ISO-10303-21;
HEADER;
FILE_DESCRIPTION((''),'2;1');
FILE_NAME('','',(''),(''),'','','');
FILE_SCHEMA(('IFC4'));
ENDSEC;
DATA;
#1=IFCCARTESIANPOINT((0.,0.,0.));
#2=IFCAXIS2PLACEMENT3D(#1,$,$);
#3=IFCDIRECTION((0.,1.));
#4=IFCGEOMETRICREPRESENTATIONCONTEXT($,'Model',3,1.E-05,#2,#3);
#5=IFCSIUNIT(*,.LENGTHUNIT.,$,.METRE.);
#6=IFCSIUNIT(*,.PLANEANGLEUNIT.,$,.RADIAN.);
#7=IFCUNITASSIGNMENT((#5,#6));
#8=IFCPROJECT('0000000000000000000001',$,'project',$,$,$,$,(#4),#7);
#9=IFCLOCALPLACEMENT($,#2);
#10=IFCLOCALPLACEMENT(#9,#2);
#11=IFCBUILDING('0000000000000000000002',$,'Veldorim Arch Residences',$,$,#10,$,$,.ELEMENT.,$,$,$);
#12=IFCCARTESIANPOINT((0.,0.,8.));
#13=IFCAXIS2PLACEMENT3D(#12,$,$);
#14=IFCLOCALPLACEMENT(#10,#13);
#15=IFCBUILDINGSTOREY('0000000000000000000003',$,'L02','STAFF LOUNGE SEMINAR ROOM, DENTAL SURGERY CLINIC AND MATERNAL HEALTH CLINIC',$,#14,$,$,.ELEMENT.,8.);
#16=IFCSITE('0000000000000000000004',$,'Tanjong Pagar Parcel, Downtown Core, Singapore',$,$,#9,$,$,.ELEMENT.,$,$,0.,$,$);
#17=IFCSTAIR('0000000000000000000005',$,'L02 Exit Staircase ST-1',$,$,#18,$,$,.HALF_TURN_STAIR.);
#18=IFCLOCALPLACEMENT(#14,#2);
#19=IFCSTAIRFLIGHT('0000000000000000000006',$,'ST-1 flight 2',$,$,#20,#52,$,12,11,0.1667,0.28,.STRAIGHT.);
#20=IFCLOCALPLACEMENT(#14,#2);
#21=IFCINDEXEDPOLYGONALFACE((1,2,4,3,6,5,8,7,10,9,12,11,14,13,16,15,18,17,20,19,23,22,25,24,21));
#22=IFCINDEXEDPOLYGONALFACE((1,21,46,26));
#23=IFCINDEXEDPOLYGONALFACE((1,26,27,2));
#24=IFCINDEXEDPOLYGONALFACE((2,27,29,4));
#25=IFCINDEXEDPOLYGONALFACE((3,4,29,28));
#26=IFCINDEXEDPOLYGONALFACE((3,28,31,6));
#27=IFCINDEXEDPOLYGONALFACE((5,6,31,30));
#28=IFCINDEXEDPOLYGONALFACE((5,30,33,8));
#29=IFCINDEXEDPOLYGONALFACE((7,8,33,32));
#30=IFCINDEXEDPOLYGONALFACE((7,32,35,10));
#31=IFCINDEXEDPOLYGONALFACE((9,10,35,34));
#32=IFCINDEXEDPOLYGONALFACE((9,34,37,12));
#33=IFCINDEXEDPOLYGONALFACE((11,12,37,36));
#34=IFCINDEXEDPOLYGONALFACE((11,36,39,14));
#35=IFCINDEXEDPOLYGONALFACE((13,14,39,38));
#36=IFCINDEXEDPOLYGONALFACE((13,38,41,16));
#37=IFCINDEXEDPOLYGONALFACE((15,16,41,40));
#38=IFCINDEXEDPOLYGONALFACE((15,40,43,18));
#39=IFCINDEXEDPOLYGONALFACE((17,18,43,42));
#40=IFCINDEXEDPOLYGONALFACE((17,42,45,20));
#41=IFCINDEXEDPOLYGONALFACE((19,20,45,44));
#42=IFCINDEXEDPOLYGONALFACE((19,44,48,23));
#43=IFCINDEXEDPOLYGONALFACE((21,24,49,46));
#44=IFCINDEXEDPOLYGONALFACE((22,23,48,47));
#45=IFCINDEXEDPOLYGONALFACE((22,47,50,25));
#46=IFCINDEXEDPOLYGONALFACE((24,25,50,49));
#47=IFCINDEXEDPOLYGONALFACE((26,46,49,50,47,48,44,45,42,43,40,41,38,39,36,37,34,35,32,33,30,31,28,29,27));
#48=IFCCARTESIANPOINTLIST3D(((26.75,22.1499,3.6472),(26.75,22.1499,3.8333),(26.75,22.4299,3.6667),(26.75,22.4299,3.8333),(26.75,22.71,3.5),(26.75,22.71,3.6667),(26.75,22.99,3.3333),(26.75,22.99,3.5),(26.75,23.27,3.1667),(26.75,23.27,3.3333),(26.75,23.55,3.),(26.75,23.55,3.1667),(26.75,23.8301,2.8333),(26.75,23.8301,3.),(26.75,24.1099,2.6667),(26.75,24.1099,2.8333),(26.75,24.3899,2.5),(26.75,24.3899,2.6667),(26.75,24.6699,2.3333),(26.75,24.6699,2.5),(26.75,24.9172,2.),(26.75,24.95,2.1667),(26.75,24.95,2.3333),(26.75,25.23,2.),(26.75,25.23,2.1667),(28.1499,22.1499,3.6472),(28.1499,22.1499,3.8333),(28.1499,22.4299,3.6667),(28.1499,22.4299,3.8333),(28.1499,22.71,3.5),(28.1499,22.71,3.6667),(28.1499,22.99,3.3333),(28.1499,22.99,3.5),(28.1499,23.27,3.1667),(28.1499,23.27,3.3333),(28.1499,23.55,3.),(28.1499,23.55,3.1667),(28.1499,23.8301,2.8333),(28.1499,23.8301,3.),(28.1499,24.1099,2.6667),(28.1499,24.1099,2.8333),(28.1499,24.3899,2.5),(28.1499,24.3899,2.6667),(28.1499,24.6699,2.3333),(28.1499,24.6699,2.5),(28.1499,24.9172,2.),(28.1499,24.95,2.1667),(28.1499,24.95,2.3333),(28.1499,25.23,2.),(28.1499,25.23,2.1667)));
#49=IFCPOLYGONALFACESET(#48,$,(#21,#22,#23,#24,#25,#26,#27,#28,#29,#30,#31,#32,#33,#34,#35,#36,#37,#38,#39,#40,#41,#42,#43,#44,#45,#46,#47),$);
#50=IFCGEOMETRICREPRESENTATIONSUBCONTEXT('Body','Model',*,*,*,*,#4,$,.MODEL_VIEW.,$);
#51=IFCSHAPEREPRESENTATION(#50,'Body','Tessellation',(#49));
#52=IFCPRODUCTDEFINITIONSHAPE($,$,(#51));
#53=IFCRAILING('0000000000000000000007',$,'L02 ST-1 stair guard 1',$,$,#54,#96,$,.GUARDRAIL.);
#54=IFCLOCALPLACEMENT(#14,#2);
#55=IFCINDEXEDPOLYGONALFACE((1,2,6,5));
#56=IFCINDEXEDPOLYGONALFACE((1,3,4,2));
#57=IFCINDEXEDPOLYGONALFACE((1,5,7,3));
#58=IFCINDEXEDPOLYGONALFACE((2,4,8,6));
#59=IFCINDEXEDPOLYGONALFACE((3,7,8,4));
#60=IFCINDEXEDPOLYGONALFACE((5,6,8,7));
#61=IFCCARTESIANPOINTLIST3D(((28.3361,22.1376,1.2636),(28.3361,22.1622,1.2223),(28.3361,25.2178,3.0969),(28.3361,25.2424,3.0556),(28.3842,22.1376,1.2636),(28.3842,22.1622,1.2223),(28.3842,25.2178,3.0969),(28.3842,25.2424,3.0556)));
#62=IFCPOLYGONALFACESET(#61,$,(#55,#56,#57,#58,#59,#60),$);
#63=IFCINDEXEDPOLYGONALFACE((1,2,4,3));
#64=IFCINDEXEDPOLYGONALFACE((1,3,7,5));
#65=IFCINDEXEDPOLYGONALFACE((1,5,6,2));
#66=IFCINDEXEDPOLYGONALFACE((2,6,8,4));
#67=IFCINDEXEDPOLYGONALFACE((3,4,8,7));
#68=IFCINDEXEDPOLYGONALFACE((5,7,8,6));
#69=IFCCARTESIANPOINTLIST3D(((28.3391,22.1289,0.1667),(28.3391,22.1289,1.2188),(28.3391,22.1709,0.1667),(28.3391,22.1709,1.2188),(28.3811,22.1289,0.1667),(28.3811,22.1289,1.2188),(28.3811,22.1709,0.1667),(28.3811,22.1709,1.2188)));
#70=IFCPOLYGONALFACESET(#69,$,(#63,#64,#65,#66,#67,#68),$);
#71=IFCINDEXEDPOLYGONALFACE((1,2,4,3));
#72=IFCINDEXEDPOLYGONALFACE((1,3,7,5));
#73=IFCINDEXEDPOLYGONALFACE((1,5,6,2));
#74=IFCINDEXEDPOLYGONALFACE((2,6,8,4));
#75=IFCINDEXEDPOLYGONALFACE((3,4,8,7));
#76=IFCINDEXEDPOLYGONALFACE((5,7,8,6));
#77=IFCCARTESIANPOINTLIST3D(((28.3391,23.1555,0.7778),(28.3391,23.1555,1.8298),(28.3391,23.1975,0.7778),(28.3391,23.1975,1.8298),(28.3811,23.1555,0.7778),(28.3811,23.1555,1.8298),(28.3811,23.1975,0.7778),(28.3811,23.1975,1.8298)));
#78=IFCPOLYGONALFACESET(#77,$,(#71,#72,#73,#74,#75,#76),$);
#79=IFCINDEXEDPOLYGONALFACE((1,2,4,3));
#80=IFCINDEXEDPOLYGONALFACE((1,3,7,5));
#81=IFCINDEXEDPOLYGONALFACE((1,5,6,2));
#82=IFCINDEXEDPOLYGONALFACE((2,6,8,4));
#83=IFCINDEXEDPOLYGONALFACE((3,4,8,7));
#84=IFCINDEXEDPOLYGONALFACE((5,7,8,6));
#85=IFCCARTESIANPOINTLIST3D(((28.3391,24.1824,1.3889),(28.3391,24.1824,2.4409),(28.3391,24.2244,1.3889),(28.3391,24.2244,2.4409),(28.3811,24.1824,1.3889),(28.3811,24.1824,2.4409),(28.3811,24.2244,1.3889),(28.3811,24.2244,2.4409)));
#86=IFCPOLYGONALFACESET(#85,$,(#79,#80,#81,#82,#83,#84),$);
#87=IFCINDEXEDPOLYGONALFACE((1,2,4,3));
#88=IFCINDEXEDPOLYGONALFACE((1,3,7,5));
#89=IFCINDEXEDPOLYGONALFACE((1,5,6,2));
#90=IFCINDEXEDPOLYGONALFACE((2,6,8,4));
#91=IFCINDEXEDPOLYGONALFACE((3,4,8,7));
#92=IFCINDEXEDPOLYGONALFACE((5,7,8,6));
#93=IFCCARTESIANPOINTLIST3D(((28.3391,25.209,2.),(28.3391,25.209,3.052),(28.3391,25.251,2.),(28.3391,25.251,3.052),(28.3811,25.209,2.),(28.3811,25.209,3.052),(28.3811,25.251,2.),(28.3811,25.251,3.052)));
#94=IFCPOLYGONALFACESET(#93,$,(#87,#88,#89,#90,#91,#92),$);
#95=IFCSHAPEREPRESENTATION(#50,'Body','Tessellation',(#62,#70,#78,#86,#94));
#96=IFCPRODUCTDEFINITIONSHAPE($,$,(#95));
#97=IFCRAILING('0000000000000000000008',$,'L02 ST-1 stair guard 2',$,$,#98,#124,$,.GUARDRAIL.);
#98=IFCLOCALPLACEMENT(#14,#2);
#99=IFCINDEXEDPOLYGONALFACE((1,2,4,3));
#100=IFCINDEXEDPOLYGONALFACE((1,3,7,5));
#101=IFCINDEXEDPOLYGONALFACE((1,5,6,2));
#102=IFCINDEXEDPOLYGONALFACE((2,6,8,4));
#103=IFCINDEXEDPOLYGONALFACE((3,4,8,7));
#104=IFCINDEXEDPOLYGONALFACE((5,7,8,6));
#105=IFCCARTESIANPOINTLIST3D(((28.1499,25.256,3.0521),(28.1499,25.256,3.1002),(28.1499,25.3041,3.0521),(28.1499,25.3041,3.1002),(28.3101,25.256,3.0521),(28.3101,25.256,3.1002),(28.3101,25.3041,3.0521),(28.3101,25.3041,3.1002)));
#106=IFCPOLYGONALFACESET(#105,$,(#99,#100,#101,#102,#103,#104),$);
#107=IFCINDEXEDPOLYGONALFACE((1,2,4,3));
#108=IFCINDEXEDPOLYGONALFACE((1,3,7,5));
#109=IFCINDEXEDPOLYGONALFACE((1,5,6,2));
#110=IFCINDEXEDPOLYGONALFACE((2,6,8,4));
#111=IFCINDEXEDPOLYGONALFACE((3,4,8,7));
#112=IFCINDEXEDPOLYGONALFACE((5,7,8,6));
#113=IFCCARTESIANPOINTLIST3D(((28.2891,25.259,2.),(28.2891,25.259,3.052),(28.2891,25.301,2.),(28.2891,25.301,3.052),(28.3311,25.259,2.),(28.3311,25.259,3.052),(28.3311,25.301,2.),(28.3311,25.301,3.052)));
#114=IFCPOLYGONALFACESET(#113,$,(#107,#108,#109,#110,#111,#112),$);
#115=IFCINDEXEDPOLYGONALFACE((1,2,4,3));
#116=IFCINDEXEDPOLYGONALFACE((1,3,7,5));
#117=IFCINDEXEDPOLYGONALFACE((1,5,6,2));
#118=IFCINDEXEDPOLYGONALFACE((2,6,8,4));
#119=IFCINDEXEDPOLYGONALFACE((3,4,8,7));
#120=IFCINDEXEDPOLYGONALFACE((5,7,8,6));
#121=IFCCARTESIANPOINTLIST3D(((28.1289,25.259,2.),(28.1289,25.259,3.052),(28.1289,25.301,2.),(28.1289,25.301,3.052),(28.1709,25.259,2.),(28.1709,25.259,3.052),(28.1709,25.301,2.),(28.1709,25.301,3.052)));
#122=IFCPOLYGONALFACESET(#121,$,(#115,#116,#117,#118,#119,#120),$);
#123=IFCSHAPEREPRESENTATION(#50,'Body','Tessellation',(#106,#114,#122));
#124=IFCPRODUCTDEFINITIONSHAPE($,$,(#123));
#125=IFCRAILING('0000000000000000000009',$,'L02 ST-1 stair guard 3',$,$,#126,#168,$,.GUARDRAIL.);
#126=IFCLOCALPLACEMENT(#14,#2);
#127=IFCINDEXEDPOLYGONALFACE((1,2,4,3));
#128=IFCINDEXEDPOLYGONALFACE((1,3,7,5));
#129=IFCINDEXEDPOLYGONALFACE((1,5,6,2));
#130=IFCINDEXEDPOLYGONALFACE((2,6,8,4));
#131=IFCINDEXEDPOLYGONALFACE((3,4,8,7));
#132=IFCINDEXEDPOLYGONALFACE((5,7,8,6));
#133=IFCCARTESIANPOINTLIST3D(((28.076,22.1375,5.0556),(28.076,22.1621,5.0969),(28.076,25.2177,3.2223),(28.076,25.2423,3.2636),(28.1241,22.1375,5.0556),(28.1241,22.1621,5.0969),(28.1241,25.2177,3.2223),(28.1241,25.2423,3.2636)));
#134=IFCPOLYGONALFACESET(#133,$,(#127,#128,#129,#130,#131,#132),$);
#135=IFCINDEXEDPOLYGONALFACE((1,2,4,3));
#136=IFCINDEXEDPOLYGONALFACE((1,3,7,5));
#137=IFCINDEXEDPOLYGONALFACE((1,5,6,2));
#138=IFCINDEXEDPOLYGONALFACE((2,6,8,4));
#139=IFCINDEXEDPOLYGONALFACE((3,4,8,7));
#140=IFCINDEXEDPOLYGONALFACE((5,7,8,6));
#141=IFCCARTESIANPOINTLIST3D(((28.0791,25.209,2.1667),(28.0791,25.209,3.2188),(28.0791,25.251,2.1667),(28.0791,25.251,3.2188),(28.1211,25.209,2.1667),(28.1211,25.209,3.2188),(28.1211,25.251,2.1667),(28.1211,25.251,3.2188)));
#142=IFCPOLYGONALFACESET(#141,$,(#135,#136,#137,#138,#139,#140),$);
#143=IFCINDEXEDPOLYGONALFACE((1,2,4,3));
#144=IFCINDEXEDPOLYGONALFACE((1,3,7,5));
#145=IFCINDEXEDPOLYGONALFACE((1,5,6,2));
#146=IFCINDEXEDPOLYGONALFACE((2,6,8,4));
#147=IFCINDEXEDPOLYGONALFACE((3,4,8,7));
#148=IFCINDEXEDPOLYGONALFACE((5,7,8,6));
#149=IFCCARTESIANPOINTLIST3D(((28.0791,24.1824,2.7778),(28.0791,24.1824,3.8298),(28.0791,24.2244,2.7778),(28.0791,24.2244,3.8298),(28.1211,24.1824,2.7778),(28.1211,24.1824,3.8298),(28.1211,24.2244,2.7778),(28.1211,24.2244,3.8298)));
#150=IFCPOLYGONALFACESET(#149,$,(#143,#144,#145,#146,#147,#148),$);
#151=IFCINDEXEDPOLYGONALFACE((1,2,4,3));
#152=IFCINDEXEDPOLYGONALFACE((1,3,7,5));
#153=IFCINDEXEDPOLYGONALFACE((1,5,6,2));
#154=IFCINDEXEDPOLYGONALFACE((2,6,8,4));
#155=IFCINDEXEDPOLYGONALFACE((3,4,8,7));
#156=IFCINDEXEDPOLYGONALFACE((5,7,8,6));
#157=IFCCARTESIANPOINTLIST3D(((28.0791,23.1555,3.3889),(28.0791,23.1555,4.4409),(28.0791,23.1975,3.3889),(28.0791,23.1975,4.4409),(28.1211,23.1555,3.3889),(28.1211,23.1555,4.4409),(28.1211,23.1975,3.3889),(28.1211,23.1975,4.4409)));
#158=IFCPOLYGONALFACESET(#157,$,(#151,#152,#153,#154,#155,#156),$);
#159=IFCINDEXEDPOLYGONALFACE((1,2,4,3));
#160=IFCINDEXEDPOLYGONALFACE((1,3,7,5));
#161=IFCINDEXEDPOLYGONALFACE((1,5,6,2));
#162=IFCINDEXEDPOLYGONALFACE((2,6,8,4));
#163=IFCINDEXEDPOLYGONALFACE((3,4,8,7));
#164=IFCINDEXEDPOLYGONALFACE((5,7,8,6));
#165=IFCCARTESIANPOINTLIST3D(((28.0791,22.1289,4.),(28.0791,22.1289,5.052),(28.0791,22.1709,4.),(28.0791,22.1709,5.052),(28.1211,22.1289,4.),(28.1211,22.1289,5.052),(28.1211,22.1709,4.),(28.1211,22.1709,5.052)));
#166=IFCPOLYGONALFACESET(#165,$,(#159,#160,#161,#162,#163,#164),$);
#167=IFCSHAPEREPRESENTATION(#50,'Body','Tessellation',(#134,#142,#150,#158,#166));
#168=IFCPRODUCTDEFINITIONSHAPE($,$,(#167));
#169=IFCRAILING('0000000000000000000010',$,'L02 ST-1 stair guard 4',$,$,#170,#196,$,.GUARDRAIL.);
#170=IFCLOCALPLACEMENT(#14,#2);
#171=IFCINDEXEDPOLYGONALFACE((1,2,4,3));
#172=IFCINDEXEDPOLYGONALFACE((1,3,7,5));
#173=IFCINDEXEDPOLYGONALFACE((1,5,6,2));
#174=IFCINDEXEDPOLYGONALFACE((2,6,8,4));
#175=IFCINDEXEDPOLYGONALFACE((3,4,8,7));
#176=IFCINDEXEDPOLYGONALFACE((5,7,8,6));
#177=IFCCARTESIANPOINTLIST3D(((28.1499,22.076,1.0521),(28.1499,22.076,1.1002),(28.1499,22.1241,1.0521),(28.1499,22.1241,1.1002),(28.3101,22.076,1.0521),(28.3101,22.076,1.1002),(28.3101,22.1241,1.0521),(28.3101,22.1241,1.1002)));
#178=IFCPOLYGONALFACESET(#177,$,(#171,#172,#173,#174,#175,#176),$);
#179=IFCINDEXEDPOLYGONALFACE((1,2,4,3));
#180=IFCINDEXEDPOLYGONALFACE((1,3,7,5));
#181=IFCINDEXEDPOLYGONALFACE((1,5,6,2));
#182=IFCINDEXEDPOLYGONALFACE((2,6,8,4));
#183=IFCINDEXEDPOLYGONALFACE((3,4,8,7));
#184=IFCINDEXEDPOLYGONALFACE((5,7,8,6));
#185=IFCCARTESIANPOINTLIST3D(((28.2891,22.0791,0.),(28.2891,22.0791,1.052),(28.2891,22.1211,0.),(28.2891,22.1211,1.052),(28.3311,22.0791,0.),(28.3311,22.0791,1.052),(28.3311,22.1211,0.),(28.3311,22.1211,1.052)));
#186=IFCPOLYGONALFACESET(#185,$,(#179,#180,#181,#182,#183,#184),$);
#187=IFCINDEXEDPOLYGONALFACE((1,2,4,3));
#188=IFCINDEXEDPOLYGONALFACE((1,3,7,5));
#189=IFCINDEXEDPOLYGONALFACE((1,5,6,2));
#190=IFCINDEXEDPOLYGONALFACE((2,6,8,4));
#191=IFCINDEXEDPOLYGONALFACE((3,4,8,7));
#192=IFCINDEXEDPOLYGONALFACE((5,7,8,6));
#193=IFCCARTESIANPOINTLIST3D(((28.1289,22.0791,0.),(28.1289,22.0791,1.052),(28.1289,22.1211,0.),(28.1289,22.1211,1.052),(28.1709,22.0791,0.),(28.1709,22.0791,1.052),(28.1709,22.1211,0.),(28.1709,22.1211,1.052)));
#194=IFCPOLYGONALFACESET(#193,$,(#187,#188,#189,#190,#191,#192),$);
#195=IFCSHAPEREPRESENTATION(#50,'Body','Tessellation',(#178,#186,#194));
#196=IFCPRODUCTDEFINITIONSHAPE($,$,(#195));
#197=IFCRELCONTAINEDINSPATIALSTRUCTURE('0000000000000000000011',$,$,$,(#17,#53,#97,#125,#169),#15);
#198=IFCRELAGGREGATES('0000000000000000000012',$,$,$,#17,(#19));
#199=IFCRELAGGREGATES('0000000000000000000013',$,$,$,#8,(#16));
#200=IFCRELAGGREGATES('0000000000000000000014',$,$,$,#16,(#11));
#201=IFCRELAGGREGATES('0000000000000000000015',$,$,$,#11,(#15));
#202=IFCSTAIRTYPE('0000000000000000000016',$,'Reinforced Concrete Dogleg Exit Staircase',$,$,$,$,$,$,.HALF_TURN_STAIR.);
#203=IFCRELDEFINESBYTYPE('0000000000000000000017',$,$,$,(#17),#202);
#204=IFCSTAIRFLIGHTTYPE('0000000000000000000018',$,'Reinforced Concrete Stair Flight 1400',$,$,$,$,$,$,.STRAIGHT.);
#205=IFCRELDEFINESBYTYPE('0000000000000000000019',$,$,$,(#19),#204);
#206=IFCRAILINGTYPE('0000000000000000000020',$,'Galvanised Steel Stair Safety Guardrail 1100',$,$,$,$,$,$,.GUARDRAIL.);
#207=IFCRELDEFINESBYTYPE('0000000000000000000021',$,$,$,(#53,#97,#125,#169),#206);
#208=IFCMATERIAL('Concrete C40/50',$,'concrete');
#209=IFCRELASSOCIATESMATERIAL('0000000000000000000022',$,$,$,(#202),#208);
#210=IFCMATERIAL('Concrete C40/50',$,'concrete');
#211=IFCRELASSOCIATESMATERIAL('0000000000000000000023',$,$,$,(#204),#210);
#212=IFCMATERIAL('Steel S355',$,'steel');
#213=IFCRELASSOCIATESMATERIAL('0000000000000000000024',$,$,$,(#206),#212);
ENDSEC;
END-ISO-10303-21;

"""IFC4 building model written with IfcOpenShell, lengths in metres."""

from ifc_helpers import new_model, si_unit, direction, frame, origin, origin_2d, place, context, subcontext, project, spatial, polyline, rectangle, outline, extrude, material, type_object, element, aggregate, save


model = new_model("IFC4")

# Units and contexts
model_context = context("Model", 3, precision=1e-05, world=origin(), true_north=direction((0.0, 1.0)))
body_context = subcontext(model_context, "Body", "Model", "MODEL_VIEW")
ifc_project = project(units=[si_unit("LENGTHUNIT", "METRE"), si_unit("PLANEANGLEUNIT", "RADIAN")], contexts=[model_context])

# Site, building, storey
site_placement = place(None, origin())
site = spatial("IfcSite", under=ifc_project, at=site_placement, Name="Tanjong Pagar Parcel, Downtown Core, Singapore", CompositionType="ELEMENT", RefElevation=0.0)
building_placement = place(site_placement, origin())
building = spatial("IfcBuilding", under=site, at=building_placement, Name="Veldorim Arch Residences", CompositionType="ELEMENT")
storey_placement = place(building_placement, frame((0.0, 0.0, 8.0)))
storey = spatial("IfcBuildingStorey", under=building, at=storey_placement, Name="L02", Description="STAFF LOUNGE SEMINAR ROOM, DENTAL SURGERY CLINIC AND MATERNAL HEALTH CLINIC", CompositionType="ELEMENT", Elevation=8.0)

# Stair, stair flight
ifc_material_1 = material(Name="Concrete C40/50", Category="concrete")
stair_type = type_object("IfcStairType", Name="Reinforced Concrete Dogleg Exit Staircase", PredefinedType="HALF_TURN_STAIR", material=ifc_material_1)
stair_placement = place(storey_placement, origin())
stair = element("IfcStair", 1, at=stair_placement, inside=storey, type_object=stair_type, Name="L02 Exit Staircase ST-1", PredefinedType="HALF_TURN_STAIR")
ifc_material_2 = material(Name="Concrete C40/50", Category="concrete")
stair_flight_type = type_object("IfcStairFlightType", Name="Reinforced Concrete Stair Flight 1400", PredefinedType="STRAIGHT", material=ifc_material_2)
stair_flight_1_placement = place(storey_placement, frame((27.45, 25.23, 2.0), z_axis=(0.0, 0.0, 1.0), x_axis=(0.0, -1.0, 0.0)))
stair_flight_1 = element("IfcStairFlight", 2, at=stair_flight_1_placement, type_object=stair_flight_type, Name="ST-1 flight 2", NumberOfRisers=12, NumberOfTreads=11, PredefinedType="STRAIGHT", RiserHeight=0.1667, TreadLength=0.28, context=body_context, shape_type="SweptSolid", body=[
    extrude(outline(polyline([(0.0, 0.0), (0.0, 0.1667), (0.28, 0.1667), (0.28, 0.3333), (0.5601, 0.3333), (0.5601, 0.5), (0.8401, 0.5), (0.8401, 0.6667), (1.1201, 0.6667), (1.1201, 0.8333), (1.3999, 0.8333), (1.3999, 1.0), (1.6799, 1.0), (1.6799, 1.1667), (1.96, 1.1667), (1.96, 1.3333), (2.24, 1.3333), (2.24, 1.5), (2.52, 1.5), (2.52, 1.6667), (2.8, 1.6667), (2.8, 1.8333), (3.0801, 1.8333), (3.0801, 2.0), (3.0801, 1.6472), (0.3127, 0.0), (0.0, 0.0)])), frame((0.0, 0.7, 0.0), z_axis=(0.0, -1.0, 0.0), x_axis=(1.0, 0.0, 0.0)), (0.0, 0.0, 1.0), 1.3999),
])
aggregate(stair, [stair_flight_1])

# Railings
ifc_material_3 = material(Name="Steel S355", Category="steel")
railing_type_1 = type_object("IfcRailingType", Name="Galvanised Steel Stair Safety Guardrail 1100", PredefinedType="GUARDRAIL", material=ifc_material_3)
railing_1_placement = place(storey_placement, frame((28.3601, 22.1499, 0.1667)))
element("IfcRailing", 3, at=railing_1_placement, inside=storey, type_object=railing_type_1, Name="L02 ST-1 stair guard 1", PredefinedType="GUARDRAIL", context=body_context, shape_type="SweptSolid", body=[
    extrude(rectangle(XDim=0.0481, YDim=0.0481, at=origin_2d()), frame((0.0, 0.0, 1.0762), z_axis=(0.0, 0.859309, 0.511458), x_axis=(-1.0, 0.0, 0.0)), (0.0, 0.0, 1.0), 3.5845),
    extrude(rectangle(XDim=0.042, YDim=0.042, at=origin_2d()), origin(), (0.0, 0.0, 1.0), 1.052),
    extrude(rectangle(XDim=0.042, YDim=0.042, at=origin_2d()), frame((0.0, 1.0266, 0.6111)), (0.0, 0.0, 1.0), 1.052),
    extrude(rectangle(XDim=0.042, YDim=0.042, at=origin_2d()), frame((0.0, 2.0535, 1.2222)), (0.0, 0.0, 1.0), 1.052),
    extrude(rectangle(XDim=0.042, YDim=0.042, at=origin_2d()), frame((0.0, 3.0801, 1.8333)), (0.0, 0.0, 1.0), 1.052),
])
railing_2_placement = place(storey_placement, frame((28.3101, 25.28, 2.0)))
element("IfcRailing", 4, at=railing_2_placement, inside=storey, type_object=railing_type_1, Name="L02 ST-1 stair guard 2", PredefinedType="GUARDRAIL", context=body_context, shape_type="SweptSolid", body=[
    extrude(rectangle(XDim=0.0481, YDim=0.0481, at=origin_2d()), frame((0.0, 0.0, 1.0762), z_axis=(-1.0, 0.0, 0.0), x_axis=(0.0, -1.0, 0.0)), (0.0, 0.0, 1.0), 0.1602),
    extrude(rectangle(XDim=0.042, YDim=0.042, at=origin_2d()), origin(), (0.0, 0.0, 1.0), 1.052),
    extrude(rectangle(XDim=0.042, YDim=0.042, at=origin_2d()), frame((-0.1602, 0.0, 0.0)), (0.0, 0.0, 1.0), 1.052),
])
railing_3_placement = place(storey_placement, frame((28.1001, 25.23, 2.1667)))
element("IfcRailing", 5, at=railing_3_placement, inside=storey, type_object=railing_type_1, Name="L02 ST-1 stair guard 3", PredefinedType="GUARDRAIL", context=body_context, shape_type="SweptSolid", body=[
    extrude(rectangle(XDim=0.0481, YDim=0.0481, at=origin_2d()), frame((0.0, 0.0, 1.0762), z_axis=(0.0, -0.859309, 0.511458), x_axis=(1.0, 0.0, 0.0)), (0.0, 0.0, 1.0), 3.5845),
    extrude(rectangle(XDim=0.042, YDim=0.042, at=origin_2d()), origin(), (0.0, 0.0, 1.0), 1.052),
    extrude(rectangle(XDim=0.042, YDim=0.042, at=origin_2d()), frame((0.0, -1.0266, 0.6111)), (0.0, 0.0, 1.0), 1.052),
    extrude(rectangle(XDim=0.042, YDim=0.042, at=origin_2d()), frame((0.0, -2.0535, 1.2222)), (0.0, 0.0, 1.0), 1.052),
    extrude(rectangle(XDim=0.042, YDim=0.042, at=origin_2d()), frame((0.0, -3.0801, 1.8333)), (0.0, 0.0, 1.0), 1.052),
])
railing_4_placement = place(storey_placement, frame((28.3101, 22.1001, 0.0)))
element("IfcRailing", 6, at=railing_4_placement, inside=storey, type_object=railing_type_1, Name="L02 ST-1 stair guard 4", PredefinedType="GUARDRAIL", context=body_context, shape_type="SweptSolid", body=[
    extrude(rectangle(XDim=0.0481, YDim=0.0481, at=origin_2d()), frame((0.0, 0.0, 1.0762), z_axis=(-1.0, 0.0, 0.0), x_axis=(0.0, -1.0, 0.0)), (0.0, 0.0, 1.0), 0.1602),
    extrude(rectangle(XDim=0.042, YDim=0.042, at=origin_2d()), origin(), (0.0, 0.0, 1.0), 1.052),
    extrude(rectangle(XDim=0.042, YDim=0.042, at=origin_2d()), frame((-0.1602, 0.0, 0.0)), (0.0, 0.0, 1.0), 1.052),
])

save(model, "model.ifc")
